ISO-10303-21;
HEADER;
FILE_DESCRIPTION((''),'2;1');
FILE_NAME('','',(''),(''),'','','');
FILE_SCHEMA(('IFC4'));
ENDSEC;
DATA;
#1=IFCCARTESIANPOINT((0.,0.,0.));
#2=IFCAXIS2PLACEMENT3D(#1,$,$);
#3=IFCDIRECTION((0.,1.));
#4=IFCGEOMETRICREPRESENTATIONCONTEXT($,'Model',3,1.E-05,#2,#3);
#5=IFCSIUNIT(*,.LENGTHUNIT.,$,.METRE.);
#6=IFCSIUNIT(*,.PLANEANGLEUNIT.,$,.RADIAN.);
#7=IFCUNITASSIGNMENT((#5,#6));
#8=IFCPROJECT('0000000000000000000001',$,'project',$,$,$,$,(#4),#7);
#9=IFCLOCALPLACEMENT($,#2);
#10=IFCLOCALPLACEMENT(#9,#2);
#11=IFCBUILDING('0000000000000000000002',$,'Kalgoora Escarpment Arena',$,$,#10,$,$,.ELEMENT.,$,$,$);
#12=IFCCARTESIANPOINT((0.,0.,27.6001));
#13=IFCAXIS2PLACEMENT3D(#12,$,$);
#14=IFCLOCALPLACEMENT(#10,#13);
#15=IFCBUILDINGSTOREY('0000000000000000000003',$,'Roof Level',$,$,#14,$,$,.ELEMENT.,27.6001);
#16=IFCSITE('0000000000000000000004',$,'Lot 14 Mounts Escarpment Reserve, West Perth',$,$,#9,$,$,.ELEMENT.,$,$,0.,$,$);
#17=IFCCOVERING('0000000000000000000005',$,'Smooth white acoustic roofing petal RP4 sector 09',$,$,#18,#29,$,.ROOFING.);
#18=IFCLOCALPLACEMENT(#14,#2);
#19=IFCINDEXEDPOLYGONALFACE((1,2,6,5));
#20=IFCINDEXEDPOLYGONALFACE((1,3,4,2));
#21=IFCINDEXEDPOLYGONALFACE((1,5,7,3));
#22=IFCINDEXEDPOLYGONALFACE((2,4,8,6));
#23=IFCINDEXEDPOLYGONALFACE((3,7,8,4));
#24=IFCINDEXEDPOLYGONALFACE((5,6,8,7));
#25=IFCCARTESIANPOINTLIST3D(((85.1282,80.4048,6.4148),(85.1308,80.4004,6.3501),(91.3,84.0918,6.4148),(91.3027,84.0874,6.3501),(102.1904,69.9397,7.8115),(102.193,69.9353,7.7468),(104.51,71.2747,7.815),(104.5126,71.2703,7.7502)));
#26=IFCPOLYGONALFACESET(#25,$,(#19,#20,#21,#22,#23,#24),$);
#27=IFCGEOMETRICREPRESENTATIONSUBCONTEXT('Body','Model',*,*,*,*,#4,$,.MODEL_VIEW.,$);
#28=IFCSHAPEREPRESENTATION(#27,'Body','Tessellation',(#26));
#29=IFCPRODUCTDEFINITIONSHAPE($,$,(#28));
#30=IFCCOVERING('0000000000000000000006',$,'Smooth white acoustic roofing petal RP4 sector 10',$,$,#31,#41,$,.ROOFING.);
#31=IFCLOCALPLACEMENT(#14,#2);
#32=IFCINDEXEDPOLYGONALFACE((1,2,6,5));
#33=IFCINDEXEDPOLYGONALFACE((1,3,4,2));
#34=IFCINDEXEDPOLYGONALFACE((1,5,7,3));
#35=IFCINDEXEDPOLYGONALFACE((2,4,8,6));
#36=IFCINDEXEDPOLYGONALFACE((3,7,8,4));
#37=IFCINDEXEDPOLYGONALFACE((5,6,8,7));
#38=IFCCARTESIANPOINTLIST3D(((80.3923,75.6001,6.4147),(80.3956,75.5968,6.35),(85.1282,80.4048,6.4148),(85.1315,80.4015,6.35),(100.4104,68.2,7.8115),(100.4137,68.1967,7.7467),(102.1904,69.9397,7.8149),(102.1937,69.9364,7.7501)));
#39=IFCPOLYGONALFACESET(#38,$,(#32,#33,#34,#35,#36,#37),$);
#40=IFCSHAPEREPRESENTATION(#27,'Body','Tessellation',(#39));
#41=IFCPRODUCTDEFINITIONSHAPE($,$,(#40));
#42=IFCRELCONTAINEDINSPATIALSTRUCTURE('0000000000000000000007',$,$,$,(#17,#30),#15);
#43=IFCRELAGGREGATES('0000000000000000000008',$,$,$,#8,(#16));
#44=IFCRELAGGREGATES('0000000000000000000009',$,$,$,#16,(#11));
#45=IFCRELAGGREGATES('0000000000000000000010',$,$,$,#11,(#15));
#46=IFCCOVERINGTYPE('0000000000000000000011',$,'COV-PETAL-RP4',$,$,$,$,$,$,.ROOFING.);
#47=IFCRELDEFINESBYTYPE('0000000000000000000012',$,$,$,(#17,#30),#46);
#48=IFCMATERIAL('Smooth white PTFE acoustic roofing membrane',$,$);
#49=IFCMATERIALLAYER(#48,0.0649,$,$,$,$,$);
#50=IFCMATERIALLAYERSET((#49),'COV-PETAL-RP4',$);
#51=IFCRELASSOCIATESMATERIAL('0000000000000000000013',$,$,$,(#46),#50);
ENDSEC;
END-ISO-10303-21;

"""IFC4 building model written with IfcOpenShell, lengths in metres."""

from ifc_helpers import new_model, si_unit, direction, frame, origin, place, context, subcontext, project, spatial, polyline, outline, extrude, material, layer, layer_set, type_object, element, save


model = new_model("IFC4")

# Units and contexts
model_context = context("Model", 3, precision=1e-05, world=origin(), true_north=direction((0.0, 1.0)))
body_context = subcontext(model_context, "Body", "Model", "MODEL_VIEW")
ifc_project = project(units=[si_unit("LENGTHUNIT", "METRE"), si_unit("PLANEANGLEUNIT", "RADIAN")], contexts=[model_context])

# Site, building, storey
site_placement = place(None, origin())
site = spatial("IfcSite", under=ifc_project, at=site_placement, Name="Lot 14 Mounts Escarpment Reserve, West Perth", CompositionType="ELEMENT", RefElevation=0.0)
building_placement = place(site_placement, origin())
building = spatial("IfcBuilding", under=site, at=building_placement, Name="Kalgoora Escarpment Arena", CompositionType="ELEMENT")
storey_placement = place(building_placement, frame((0.0, 0.0, 27.6001)))
storey = spatial("IfcBuildingStorey", under=building, at=storey_placement, Name="Roof Level", CompositionType="ELEMENT", Elevation=27.6001)

# Coverings
ifc_material_1 = material(Name="Smooth white PTFE acoustic roofing membrane")
ifc_layer_1 = layer(ifc_material_1, 0.0649)
ifc_layer_set_1 = layer_set([ifc_layer_1], Name="COV-PETAL-RP4")
covering_type = type_object("IfcCoveringType", Name="COV-PETAL-RP4", PredefinedType="ROOFING", material=ifc_layer_set_1)
covering_1_placement = place(storey_placement, frame((91.3, 84.0918, 6.4148), z_axis=(-0.040265, 0.067404, 0.996913), x_axis=(-0.85848, -0.512847, 0.000001)))
element("IfcCovering", 1, at=covering_1_placement, inside=storey, type_object=covering_type, Name="Smooth white acoustic roofing petal RP4 sector 09", PredefinedType="ROOFING", context=body_context, shape_type="SweptSolid", body=[
    extrude(outline(polyline([(0.0, 0.0), (7.1893, 0.0), (-2.0913, 17.7893), (-4.7673, 17.833), (0.0, 0.0)])), origin(), (0.0, 0.0, -1.0), 0.0649),
])
covering_2_placement = place(storey_placement, frame((85.1282, 80.4048, 6.4148), z_axis=(-0.051014, 0.05027, 0.997432), x_axis=(-0.701985, -0.712191, -0.000009)))
element("IfcCovering", 2, at=covering_2_placement, inside=storey, type_object=covering_type, Name="Smooth white acoustic roofing petal RP4 sector 10", PredefinedType="ROOFING", context=body_context, shape_type="SweptSolid", body=[
    extrude(outline(polyline([(0.0, 0.0), (6.7463, 0.0), (-2.0357, 19.5016), (-4.5243, 19.5481), (0.0, 0.0)])), origin(), (0.0, 0.0, -1.0), 0.0649),
])

save(model, "model.ifc")
